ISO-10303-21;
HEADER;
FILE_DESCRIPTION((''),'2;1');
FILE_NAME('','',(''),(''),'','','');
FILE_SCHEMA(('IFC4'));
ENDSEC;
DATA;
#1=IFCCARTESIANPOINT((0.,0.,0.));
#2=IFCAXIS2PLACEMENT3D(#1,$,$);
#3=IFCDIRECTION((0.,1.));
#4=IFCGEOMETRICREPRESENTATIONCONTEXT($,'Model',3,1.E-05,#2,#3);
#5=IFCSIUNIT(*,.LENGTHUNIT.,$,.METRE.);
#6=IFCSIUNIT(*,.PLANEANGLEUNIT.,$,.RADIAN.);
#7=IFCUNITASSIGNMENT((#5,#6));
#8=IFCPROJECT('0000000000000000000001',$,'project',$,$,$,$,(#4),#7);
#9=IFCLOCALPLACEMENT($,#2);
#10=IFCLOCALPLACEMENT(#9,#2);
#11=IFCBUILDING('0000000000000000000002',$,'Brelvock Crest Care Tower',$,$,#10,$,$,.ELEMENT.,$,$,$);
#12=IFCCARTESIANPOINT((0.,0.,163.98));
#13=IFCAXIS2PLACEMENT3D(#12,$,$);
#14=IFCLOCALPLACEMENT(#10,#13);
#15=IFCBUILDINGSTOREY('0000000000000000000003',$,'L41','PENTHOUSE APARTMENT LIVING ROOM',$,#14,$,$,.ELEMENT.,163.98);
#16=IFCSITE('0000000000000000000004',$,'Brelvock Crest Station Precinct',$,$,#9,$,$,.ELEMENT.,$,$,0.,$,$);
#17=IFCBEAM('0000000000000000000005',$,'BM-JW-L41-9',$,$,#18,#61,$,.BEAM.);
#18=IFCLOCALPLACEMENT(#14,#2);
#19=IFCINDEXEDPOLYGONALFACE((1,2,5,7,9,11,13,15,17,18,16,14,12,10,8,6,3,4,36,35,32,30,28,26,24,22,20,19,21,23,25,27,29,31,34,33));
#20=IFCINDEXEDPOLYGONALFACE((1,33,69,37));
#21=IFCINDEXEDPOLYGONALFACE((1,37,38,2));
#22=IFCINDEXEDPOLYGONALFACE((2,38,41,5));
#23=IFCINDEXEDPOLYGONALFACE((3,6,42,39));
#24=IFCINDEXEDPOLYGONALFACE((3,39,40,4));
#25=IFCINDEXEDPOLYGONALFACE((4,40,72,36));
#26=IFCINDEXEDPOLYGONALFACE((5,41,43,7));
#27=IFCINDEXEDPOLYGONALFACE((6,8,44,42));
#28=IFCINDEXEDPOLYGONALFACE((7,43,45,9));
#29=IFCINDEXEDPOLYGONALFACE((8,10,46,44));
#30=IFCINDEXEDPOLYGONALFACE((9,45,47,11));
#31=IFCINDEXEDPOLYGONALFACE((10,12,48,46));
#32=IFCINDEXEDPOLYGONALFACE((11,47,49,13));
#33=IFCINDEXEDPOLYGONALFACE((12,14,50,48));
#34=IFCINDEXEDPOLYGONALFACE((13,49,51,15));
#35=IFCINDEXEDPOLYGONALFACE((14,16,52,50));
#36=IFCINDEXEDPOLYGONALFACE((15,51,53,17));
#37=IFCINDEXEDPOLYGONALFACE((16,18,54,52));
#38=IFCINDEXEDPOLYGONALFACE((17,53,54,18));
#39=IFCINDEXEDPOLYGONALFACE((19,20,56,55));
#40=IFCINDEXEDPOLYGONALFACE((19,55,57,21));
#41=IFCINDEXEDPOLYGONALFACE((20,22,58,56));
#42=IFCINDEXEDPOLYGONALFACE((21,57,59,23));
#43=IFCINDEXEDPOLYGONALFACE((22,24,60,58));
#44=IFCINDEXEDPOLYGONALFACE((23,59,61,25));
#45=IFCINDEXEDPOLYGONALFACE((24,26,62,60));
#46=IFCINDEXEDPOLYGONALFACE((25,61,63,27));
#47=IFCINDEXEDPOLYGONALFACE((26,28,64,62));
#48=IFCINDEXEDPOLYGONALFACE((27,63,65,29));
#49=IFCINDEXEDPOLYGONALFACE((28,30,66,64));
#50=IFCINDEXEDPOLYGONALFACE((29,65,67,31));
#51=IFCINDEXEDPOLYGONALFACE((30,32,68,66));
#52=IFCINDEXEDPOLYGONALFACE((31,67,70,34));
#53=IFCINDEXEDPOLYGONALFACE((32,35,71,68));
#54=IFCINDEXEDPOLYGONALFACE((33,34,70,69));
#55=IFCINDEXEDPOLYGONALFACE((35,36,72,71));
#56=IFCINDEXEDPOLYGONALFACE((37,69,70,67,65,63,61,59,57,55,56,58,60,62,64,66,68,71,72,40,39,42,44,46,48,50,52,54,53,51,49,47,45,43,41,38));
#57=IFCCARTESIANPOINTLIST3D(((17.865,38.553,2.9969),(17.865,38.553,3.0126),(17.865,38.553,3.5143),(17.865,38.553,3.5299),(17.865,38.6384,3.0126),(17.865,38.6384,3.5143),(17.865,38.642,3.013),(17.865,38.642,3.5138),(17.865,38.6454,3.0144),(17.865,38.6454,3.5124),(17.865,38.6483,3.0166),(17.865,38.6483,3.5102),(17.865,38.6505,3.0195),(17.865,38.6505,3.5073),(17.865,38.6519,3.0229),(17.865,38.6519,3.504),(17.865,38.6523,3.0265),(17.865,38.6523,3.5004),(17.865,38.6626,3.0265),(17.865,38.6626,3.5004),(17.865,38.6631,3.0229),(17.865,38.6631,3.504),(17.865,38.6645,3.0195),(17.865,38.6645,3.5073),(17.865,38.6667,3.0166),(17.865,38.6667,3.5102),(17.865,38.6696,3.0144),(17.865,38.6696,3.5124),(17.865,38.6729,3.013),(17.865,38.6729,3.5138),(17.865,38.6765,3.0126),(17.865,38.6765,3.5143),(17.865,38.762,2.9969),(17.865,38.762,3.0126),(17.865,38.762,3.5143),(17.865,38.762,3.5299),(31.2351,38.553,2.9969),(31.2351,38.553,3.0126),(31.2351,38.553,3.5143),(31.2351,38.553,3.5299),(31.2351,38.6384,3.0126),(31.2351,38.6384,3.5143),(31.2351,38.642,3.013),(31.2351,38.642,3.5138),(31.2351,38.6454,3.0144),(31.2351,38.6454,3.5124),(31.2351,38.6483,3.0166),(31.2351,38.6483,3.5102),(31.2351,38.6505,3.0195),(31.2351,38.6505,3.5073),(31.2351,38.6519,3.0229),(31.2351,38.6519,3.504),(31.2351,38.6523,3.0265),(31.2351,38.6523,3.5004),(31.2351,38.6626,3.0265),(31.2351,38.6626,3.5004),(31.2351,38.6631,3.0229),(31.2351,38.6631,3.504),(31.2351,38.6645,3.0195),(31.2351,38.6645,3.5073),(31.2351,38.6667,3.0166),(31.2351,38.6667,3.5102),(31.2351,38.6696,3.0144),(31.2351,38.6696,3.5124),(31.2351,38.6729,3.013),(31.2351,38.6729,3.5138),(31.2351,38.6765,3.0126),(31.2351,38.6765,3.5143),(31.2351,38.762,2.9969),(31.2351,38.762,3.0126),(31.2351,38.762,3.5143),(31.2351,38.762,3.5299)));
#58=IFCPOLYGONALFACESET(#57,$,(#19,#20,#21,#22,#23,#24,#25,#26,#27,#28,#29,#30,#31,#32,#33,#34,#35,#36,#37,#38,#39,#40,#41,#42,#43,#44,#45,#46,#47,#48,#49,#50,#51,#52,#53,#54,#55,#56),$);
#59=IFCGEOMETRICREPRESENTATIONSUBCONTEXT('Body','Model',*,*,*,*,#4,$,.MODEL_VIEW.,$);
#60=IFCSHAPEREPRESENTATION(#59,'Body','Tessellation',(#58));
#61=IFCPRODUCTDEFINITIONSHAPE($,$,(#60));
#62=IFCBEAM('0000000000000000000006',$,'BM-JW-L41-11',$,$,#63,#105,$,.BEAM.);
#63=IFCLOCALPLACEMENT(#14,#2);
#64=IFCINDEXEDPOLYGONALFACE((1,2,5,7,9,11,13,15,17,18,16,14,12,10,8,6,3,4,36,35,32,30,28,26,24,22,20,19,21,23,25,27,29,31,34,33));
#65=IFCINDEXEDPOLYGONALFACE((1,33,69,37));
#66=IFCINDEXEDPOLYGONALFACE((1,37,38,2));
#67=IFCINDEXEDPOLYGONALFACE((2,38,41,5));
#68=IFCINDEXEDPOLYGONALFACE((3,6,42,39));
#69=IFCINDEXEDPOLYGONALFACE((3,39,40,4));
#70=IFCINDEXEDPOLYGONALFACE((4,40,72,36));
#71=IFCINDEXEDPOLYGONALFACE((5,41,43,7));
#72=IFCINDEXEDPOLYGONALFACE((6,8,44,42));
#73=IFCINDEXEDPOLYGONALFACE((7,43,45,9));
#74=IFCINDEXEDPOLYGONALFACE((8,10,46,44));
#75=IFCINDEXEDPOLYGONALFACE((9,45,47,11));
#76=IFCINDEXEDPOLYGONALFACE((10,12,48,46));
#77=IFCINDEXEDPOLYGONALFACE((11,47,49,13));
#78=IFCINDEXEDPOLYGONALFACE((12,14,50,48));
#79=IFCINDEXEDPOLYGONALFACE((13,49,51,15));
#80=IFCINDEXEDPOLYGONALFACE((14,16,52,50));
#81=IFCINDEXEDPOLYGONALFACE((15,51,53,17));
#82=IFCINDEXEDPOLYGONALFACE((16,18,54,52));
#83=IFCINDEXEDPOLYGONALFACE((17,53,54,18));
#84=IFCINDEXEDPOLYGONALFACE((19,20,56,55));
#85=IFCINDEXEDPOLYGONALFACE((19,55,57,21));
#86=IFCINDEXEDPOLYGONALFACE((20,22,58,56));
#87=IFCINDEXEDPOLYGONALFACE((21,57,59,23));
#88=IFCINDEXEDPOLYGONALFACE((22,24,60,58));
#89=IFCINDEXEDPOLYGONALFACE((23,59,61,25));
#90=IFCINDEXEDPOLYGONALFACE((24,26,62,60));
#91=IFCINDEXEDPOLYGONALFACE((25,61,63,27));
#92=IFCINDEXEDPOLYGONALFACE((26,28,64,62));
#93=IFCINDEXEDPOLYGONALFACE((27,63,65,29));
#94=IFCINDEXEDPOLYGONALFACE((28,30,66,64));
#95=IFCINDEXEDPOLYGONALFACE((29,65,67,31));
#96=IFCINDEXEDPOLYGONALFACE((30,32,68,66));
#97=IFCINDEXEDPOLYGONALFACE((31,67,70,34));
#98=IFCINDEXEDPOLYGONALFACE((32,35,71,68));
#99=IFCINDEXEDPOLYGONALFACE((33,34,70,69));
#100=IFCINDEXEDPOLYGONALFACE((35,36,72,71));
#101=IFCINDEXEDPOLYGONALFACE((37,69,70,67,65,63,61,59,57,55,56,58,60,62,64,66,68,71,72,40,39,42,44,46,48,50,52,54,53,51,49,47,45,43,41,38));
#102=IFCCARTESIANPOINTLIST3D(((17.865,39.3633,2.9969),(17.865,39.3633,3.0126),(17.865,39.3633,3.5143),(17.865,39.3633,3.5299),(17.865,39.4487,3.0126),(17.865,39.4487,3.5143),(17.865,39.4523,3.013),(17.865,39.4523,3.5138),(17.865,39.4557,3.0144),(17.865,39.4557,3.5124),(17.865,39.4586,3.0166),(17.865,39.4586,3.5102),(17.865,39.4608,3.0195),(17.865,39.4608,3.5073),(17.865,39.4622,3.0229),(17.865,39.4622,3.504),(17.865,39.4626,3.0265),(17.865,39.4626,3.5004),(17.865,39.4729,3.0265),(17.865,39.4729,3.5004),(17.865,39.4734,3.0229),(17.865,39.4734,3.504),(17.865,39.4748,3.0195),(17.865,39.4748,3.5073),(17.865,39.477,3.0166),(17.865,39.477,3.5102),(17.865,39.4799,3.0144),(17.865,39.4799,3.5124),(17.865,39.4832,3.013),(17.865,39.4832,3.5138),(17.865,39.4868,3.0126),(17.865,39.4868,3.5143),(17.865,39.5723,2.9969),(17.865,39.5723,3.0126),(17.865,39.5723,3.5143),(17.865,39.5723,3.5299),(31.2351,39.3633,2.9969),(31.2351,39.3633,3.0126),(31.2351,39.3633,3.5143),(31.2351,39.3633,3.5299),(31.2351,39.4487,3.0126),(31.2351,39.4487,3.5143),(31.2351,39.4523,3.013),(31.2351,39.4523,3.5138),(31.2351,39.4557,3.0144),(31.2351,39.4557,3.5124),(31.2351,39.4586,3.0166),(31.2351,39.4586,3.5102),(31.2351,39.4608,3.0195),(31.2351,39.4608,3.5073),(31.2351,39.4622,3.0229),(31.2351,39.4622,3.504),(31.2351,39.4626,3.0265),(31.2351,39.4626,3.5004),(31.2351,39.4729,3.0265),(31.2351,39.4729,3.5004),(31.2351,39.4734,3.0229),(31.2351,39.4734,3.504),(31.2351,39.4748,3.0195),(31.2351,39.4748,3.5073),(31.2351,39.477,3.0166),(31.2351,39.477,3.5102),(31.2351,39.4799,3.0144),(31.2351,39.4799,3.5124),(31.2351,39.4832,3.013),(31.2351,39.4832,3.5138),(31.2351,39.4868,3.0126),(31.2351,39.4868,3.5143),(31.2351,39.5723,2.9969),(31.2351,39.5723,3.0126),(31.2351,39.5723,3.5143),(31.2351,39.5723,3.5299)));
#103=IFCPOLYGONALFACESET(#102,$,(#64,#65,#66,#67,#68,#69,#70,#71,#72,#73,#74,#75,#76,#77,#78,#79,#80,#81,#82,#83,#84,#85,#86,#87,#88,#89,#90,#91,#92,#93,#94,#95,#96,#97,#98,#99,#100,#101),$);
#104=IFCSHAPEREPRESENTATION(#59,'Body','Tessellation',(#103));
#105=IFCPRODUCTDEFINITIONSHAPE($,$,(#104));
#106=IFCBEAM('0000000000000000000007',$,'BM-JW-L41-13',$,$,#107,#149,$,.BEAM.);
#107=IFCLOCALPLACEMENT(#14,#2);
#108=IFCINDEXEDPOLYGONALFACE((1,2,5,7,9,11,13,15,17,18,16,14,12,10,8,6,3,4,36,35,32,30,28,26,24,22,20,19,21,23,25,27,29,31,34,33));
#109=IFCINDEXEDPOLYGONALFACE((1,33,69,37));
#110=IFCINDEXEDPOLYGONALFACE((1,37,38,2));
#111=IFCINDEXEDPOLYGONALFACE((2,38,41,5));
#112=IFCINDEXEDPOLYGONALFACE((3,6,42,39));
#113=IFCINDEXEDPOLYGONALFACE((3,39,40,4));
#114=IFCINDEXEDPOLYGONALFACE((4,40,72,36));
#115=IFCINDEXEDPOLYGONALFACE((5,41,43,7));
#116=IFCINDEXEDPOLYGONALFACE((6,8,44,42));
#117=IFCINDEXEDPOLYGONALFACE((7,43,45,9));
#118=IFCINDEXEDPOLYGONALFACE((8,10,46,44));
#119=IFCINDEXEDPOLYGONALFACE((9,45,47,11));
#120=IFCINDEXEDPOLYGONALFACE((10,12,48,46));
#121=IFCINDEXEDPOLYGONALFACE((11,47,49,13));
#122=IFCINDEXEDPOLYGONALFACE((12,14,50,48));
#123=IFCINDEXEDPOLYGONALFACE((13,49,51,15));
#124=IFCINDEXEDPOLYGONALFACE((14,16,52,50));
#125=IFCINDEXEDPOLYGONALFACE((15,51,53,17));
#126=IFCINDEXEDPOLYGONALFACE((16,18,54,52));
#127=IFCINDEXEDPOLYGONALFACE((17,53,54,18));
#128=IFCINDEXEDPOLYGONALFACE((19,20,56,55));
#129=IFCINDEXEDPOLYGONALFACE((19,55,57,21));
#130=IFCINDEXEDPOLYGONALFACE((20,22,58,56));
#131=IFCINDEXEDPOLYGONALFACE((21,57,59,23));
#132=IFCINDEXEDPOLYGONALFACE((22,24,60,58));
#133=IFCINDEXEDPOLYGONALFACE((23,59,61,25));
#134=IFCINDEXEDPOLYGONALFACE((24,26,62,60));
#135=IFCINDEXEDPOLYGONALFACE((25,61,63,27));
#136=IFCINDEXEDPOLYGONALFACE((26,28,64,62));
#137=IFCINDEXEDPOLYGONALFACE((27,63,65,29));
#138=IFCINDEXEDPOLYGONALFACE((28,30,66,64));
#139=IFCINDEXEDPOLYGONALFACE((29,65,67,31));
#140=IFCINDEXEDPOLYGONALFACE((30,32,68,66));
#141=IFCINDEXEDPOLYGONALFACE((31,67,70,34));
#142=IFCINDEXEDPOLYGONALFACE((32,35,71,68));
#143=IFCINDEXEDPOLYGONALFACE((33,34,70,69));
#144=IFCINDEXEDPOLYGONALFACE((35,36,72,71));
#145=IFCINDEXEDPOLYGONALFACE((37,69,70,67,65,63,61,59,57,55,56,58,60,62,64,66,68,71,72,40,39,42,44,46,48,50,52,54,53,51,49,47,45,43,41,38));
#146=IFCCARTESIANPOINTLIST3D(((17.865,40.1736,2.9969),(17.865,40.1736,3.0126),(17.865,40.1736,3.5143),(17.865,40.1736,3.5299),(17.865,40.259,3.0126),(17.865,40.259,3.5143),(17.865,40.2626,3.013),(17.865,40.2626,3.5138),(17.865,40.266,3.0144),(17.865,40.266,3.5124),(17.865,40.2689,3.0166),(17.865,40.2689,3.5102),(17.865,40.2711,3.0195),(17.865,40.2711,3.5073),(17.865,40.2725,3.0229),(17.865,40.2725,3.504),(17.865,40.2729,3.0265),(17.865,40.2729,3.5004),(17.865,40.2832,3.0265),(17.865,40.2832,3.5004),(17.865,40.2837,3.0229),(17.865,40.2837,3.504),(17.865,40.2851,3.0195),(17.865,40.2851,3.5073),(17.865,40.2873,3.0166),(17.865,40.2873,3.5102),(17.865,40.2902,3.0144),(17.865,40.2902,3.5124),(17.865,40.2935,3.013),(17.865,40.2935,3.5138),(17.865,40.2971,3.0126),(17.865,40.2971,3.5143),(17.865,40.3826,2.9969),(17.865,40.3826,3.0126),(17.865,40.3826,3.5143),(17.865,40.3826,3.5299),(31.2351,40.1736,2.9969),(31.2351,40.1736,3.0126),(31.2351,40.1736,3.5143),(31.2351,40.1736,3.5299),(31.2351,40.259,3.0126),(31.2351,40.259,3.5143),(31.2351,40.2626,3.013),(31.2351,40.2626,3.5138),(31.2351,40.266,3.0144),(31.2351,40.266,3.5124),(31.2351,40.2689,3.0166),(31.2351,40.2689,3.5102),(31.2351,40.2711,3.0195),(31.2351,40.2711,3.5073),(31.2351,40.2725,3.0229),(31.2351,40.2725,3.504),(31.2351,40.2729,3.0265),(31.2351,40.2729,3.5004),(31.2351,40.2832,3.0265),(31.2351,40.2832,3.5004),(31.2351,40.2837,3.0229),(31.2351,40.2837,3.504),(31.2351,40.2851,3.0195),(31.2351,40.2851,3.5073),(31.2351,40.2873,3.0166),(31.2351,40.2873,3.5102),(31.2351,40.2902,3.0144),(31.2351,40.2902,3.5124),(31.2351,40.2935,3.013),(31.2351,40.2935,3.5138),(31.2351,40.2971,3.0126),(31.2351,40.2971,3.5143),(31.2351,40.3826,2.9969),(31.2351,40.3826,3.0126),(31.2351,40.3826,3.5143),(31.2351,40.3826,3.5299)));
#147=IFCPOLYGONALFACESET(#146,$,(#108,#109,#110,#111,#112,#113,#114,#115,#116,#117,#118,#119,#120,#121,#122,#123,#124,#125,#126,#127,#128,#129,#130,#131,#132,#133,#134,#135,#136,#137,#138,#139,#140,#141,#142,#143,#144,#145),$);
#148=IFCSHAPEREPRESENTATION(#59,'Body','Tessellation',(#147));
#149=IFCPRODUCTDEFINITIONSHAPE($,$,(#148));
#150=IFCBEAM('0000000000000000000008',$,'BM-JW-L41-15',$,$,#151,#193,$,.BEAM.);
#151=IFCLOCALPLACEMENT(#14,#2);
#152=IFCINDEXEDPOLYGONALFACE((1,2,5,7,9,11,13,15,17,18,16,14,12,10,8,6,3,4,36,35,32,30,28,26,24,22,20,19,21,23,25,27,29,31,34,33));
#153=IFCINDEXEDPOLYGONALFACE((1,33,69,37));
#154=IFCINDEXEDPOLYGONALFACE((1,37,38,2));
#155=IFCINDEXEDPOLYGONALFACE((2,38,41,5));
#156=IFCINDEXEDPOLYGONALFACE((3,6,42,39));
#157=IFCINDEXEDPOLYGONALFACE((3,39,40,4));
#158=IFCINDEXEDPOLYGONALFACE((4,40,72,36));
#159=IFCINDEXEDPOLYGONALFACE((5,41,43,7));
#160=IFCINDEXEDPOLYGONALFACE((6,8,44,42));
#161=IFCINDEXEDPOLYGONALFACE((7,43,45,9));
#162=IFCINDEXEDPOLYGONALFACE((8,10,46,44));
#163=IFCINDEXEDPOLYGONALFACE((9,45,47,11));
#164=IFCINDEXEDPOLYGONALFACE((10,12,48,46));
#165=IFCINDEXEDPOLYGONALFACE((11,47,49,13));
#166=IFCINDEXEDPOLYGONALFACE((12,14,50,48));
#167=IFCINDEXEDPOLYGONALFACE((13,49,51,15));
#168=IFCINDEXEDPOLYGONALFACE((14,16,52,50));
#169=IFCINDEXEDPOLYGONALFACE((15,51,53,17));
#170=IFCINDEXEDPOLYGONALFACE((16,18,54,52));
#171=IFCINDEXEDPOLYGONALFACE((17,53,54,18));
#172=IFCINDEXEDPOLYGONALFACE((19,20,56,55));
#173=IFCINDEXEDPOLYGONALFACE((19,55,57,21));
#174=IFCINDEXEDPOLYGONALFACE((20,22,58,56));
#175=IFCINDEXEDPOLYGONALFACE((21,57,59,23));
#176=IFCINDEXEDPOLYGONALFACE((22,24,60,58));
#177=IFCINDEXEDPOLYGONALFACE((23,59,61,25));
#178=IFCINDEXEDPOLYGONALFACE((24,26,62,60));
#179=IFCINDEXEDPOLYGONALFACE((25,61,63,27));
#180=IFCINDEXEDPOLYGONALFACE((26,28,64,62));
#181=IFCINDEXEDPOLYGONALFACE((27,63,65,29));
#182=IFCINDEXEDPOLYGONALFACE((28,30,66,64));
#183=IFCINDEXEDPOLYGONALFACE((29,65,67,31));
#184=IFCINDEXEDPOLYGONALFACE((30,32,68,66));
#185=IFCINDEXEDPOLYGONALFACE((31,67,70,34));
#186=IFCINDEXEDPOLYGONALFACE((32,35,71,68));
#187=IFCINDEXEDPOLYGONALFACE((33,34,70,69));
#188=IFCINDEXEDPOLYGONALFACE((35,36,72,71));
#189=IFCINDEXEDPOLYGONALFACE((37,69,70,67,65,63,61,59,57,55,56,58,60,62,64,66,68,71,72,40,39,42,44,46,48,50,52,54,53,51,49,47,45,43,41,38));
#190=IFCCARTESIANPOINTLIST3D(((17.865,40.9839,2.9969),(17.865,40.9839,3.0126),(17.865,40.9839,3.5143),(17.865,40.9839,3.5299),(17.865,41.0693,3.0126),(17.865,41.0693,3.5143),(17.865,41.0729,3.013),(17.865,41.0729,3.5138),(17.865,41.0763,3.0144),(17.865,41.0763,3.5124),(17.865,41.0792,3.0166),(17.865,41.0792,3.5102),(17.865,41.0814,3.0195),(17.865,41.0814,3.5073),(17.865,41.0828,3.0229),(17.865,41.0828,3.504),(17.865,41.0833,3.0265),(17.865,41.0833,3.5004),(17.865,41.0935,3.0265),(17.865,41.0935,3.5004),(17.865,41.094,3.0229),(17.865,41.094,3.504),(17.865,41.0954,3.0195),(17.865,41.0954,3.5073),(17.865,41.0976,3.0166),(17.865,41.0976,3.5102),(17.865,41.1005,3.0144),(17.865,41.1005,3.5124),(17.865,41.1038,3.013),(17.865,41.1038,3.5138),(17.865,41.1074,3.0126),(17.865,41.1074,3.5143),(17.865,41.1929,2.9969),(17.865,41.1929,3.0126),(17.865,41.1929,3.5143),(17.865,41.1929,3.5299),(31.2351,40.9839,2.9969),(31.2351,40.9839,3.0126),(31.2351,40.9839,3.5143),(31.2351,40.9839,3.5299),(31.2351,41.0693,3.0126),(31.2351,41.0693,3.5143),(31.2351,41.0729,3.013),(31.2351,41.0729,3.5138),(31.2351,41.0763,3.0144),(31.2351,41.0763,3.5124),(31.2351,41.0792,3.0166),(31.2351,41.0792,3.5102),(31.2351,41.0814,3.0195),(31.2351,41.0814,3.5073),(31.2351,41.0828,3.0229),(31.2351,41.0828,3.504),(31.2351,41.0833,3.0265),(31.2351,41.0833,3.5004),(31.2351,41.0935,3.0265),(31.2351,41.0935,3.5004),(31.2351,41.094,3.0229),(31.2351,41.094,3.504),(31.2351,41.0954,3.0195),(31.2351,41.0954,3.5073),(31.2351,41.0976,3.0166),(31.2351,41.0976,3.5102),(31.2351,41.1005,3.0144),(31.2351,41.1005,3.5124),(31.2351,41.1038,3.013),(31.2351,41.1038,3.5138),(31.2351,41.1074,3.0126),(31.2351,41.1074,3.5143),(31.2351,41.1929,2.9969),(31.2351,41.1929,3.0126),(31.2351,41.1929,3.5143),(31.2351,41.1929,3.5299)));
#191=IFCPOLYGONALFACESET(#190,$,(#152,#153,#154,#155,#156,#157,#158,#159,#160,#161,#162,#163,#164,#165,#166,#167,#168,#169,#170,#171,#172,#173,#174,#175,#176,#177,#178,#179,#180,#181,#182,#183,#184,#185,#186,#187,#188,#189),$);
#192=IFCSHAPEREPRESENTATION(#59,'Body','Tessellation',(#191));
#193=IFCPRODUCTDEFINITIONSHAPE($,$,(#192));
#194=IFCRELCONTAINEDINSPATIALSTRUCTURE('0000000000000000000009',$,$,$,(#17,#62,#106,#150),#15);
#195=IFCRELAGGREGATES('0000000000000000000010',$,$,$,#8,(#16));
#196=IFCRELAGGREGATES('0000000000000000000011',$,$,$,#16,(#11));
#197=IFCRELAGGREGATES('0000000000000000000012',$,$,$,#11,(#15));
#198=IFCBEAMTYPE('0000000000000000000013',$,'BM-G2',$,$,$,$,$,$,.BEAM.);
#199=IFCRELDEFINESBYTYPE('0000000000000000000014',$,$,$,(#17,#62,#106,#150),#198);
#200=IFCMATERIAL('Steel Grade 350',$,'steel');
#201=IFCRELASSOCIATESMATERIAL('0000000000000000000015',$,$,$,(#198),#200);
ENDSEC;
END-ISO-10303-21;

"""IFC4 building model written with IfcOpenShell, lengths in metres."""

from ifc_helpers import new_model, si_unit, direction, frame, origin, origin_2d, place, context, subcontext, project, spatial, i_section, extrude, source, transform, mapped, material, material_profile, profile_set, type_object, element, save


model = new_model("IFC4")

# Units and contexts
model_context = context("Model", 3, precision=1e-05, world=origin(), true_north=direction((0.0, 1.0)))
body_context = subcontext(model_context, "Body", "Model", "MODEL_VIEW")
ifc_project = project(units=[si_unit("LENGTHUNIT", "METRE"), si_unit("PLANEANGLEUNIT", "RADIAN")], contexts=[model_context])

# Site, building, storey
site_placement = place(None, origin())
site = spatial("IfcSite", under=ifc_project, at=site_placement, Name="Brelvock Crest Station Precinct", CompositionType="ELEMENT", RefElevation=0.0)
building_placement = place(site_placement, origin())
building = spatial("IfcBuilding", under=site, at=building_placement, Name="Brelvock Crest Care Tower", CompositionType="ELEMENT")
storey_placement = place(building_placement, frame((0.0, 0.0, 163.98)))
storey = spatial("IfcBuildingStorey", under=building, at=storey_placement, Name="L41", Description="PENTHOUSE APARTMENT LIVING ROOM", CompositionType="ELEMENT", Elevation=163.98)

# Shared definitions
ifc_material_1 = material(Name="Steel Grade 350", Category="steel")

# Beams
ifc_material_profile_1 = material_profile(ifc_material_1, i_section(OverallWidth=0.209, OverallDepth=0.533, WebThickness=0.0103, FlangeThickness=0.0156, FilletRadius=0.0139, at=origin_2d()), Name="530UB92.4")
ifc_profile_set_1 = profile_set([ifc_material_profile_1], Name="Steel Grade 350")
beam_type_1 = type_object("IfcBeamType", Name="BM-G2", PredefinedType="BEAM", material=ifc_profile_set_1)
shared_shape_1 = source(origin(), body_context, "Body", "SweptSolid", [
    extrude(i_section(OverallWidth=0.209, OverallDepth=0.533, WebThickness=0.0103, FlangeThickness=0.0156, FilletRadius=0.0139, at=origin_2d()), origin(), (0.0, 0.0, 1.0), 13.3701),
])
for number, where, z_axis, x_axis, name in (
    (1, (17.865, 38.6575, 3.2634), (1.0, 0.0, 0.0), (0.0, 1.0, 0.0), "BM-JW-L41-9"),
    (2, (17.865, 39.4678, 3.2634), (1.0, 0.0, 0.0), (0.0, 1.0, 0.0), "BM-JW-L41-11"),
    (3, (17.865, 40.2781, 3.2634), (1.0, 0.0, 0.0), (0.0, 1.0, 0.0), "BM-JW-L41-13"),
    (4, (17.865, 41.0884, 3.2634), (1.0, 0.0, 0.0), (0.0, 1.0, 0.0), "BM-JW-L41-15"),
):
    element("IfcBeam", number, at=place(storey_placement, frame(where, z_axis=z_axis, x_axis=x_axis)), inside=storey, type_object=beam_type_1, Name=name, PredefinedType="BEAM", context=body_context, shape_type="MappedRepresentation", body=[
        mapped(shared_shape_1, transform((0.0, 0.0, 0.0), x_axis=(1.0, 0.0, 0.0), y_axis=(0.0, 1.0, 0.0), z_axis=(0.0, 0.0, 1.0), scale=1.0)),
    ])

save(model, "model.ifc")
